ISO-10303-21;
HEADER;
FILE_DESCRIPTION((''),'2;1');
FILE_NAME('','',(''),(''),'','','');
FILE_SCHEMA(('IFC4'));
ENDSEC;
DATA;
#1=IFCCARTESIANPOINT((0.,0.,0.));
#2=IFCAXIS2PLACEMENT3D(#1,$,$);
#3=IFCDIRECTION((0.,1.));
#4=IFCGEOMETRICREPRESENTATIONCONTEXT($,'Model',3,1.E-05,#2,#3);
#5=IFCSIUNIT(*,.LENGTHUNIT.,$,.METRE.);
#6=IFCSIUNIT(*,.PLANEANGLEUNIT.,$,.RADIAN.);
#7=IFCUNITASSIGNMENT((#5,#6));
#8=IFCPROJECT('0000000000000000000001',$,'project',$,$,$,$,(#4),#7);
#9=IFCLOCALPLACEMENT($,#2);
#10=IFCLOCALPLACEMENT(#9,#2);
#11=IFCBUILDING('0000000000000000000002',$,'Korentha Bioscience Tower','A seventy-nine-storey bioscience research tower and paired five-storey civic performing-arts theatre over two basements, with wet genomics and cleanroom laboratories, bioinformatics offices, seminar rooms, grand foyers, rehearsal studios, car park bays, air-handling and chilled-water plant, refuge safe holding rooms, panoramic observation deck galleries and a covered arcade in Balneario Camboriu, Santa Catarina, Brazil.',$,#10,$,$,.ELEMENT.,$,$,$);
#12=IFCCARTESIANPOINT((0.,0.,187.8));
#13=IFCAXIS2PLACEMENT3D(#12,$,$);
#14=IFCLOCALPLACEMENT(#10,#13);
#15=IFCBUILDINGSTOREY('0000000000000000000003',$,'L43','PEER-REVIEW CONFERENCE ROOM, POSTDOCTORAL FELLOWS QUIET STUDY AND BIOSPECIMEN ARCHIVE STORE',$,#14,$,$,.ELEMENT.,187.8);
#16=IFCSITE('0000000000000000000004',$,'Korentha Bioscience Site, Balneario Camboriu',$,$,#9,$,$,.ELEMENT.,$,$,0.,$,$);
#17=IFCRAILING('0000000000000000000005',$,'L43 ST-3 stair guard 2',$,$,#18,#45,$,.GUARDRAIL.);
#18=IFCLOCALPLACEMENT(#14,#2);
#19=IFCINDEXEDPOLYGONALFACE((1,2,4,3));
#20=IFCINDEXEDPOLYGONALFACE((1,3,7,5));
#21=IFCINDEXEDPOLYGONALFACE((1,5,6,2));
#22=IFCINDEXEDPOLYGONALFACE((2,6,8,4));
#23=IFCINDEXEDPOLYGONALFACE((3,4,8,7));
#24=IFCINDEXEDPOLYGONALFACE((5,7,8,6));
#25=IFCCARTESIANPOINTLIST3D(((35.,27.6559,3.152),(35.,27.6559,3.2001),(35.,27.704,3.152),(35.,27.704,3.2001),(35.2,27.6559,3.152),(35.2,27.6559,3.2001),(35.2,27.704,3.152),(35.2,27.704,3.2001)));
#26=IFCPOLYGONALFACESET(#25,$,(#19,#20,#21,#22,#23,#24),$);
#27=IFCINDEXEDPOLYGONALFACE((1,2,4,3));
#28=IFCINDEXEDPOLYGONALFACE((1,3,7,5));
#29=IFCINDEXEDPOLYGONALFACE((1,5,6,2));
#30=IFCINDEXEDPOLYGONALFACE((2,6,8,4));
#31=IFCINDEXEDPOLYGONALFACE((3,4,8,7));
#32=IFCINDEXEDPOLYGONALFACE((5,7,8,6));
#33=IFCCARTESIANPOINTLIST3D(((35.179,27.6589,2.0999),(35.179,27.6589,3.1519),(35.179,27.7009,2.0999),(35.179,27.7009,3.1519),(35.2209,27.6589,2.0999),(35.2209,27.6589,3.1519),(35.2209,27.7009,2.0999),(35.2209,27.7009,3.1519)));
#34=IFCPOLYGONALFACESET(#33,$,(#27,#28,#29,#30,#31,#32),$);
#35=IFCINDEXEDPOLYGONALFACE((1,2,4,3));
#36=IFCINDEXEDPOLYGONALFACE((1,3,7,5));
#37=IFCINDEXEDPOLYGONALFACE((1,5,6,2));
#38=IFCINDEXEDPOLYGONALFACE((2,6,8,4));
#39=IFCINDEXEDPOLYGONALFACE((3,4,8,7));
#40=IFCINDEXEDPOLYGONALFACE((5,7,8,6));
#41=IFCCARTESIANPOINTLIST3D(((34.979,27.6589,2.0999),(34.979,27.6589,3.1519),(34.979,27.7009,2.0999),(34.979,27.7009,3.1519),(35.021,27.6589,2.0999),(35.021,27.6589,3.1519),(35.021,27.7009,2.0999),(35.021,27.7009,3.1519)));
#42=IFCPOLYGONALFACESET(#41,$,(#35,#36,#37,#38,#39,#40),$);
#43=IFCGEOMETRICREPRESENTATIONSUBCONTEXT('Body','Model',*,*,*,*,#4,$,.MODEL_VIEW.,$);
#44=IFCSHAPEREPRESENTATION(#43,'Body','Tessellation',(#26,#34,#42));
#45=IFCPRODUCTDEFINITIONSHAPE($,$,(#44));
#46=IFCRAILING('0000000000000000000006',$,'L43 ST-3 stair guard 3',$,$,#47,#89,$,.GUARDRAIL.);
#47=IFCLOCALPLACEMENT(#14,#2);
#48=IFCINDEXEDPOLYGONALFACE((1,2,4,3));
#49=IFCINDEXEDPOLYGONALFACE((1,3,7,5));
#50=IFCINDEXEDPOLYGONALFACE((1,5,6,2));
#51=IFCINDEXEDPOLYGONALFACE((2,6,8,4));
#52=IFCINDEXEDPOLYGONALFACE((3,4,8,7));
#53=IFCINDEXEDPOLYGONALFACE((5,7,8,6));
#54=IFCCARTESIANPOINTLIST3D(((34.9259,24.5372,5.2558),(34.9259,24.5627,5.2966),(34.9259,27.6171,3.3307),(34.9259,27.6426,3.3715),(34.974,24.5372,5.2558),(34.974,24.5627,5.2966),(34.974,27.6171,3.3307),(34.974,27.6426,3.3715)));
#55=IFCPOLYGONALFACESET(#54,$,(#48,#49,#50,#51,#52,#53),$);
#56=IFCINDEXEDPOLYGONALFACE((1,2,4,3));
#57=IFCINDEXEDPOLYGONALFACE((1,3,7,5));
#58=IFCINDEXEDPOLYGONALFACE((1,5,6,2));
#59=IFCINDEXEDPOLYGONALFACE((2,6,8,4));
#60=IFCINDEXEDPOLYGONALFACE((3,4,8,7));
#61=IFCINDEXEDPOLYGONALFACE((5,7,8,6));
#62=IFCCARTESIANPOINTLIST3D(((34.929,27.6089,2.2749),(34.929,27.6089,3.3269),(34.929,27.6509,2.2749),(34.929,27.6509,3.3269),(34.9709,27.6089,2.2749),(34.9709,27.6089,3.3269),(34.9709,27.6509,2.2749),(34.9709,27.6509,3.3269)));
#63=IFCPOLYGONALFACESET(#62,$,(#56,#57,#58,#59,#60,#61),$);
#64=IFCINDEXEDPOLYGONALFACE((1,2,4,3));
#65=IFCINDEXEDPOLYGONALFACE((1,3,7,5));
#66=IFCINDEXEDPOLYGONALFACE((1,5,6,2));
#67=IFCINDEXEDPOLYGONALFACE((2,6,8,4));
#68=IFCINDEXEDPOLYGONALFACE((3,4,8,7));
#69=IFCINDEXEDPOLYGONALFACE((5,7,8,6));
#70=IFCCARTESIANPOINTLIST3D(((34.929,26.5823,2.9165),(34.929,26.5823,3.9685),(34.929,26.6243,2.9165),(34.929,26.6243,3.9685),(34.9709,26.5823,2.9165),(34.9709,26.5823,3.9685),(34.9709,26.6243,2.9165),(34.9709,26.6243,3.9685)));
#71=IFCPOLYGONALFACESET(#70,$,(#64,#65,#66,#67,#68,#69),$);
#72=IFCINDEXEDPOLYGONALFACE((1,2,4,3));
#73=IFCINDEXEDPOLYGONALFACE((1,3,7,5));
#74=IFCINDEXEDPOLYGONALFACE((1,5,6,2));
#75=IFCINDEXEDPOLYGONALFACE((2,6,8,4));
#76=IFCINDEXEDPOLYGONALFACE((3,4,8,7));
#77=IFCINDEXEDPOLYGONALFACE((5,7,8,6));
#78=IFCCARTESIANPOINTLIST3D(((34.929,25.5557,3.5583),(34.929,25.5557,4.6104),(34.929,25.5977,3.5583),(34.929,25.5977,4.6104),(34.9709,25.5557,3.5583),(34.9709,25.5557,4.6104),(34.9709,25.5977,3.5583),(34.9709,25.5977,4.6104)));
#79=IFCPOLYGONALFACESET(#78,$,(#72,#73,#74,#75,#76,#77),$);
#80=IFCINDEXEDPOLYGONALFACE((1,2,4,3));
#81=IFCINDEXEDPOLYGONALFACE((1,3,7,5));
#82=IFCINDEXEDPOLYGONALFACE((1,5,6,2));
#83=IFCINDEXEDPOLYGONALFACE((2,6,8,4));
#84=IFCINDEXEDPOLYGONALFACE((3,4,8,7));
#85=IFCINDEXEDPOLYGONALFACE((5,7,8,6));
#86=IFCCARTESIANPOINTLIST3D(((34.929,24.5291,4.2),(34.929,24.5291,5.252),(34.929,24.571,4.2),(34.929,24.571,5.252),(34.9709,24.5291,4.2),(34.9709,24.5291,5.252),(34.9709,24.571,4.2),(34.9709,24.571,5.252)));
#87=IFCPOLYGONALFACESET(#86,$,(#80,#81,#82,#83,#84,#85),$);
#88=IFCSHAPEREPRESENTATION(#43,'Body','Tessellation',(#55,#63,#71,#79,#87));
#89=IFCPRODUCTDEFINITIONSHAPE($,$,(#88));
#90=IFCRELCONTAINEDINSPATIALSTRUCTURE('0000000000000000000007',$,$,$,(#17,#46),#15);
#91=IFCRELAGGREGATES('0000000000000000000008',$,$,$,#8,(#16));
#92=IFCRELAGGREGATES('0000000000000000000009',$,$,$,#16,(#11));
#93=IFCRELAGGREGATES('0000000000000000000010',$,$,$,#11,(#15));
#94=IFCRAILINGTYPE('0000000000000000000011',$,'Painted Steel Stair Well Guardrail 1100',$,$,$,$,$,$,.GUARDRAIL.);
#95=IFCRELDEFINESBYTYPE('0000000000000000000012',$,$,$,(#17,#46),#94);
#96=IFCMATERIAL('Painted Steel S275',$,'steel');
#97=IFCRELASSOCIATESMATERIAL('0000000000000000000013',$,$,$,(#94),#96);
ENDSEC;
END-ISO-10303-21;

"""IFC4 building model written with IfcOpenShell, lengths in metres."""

from ifc_helpers import new_model, si_unit, direction, frame, origin, origin_2d, place, context, subcontext, project, spatial, rectangle, extrude, material, type_object, element, save


model = new_model("IFC4")

# Units and contexts
model_context = context("Model", 3, precision=1e-05, world=origin(), true_north=direction((0.0, 1.0)))
body_context = subcontext(model_context, "Body", "Model", "MODEL_VIEW")
ifc_project = project(units=[si_unit("LENGTHUNIT", "METRE"), si_unit("PLANEANGLEUNIT", "RADIAN")], contexts=[model_context])

# Site, building, storey
site_placement = place(None, origin())
site = spatial("IfcSite", under=ifc_project, at=site_placement, Name="Korentha Bioscience Site, Balneario Camboriu", CompositionType="ELEMENT", RefElevation=0.0)
building_placement = place(site_placement, origin())
building = spatial("IfcBuilding", under=site, at=building_placement, Name="Korentha Bioscience Tower", Description="A seventy-nine-storey bioscience research tower and paired five-storey civic performing-arts theatre over two basements, with wet genomics and cleanroom laboratories, bioinformatics offices, seminar rooms, grand foyers, rehearsal studios, car park bays, air-handling and chilled-water plant, refuge safe holding rooms, panoramic observation deck galleries and a covered arcade in Balneario Camboriu, Santa Catarina, Brazil.", CompositionType="ELEMENT")
storey_placement = place(building_placement, frame((0.0, 0.0, 187.8)))
storey = spatial("IfcBuildingStorey", under=building, at=storey_placement, Name="L43", Description="PEER-REVIEW CONFERENCE ROOM, POSTDOCTORAL FELLOWS QUIET STUDY AND BIOSPECIMEN ARCHIVE STORE", CompositionType="ELEMENT", Elevation=187.8)

# Railings
ifc_material_1 = material(Name="Painted Steel S275", Category="steel")
railing_type_1 = type_object("IfcRailingType", Name="Painted Steel Stair Well Guardrail 1100", PredefinedType="GUARDRAIL", material=ifc_material_1)
railing_1_placement = place(storey_placement, frame((35.2, 27.6799, 2.0999)))
element("IfcRailing", 1, at=railing_1_placement, inside=storey, type_object=railing_type_1, Name="L43 ST-3 stair guard 2", PredefinedType="GUARDRAIL", context=body_context, shape_type="SweptSolid", body=[
    extrude(rectangle(XDim=0.0481, YDim=0.0481, at=origin_2d()), frame((0.0, 0.0, 1.0762), z_axis=(-1.0, 0.0, 0.0), x_axis=(0.0, -1.0, 0.0)), (0.0, 0.0, 1.0), 0.2),
    extrude(rectangle(XDim=0.042, YDim=0.042, at=origin_2d()), origin(), (0.0, 0.0, 1.0), 1.052),
    extrude(rectangle(XDim=0.042, YDim=0.042, at=origin_2d()), frame((-0.2, 0.0, 0.0)), (0.0, 0.0, 1.0), 1.052),
])
railing_2_placement = place(storey_placement, frame((34.95, 27.6299, 2.2749)))
element("IfcRailing", 2, at=railing_2_placement, inside=storey, type_object=railing_type_1, Name="L43 ST-3 stair guard 3", PredefinedType="GUARDRAIL", context=body_context, shape_type="SweptSolid", body=[
    extrude(rectangle(XDim=0.0481, YDim=0.0481, at=origin_2d()), frame((0.0, 0.0, 1.0762), z_axis=(0.0, -0.847979, 0.530029), x_axis=(1.0, 0.0, 0.0)), (0.0, 0.0, 1.0), 3.6321),
    extrude(rectangle(XDim=0.042, YDim=0.042, at=origin_2d()), origin(), (0.0, 0.0, 1.0), 1.052),
    extrude(rectangle(XDim=0.042, YDim=0.042, at=origin_2d()), frame((0.0, -1.0266, 0.6416)), (0.0, 0.0, 1.0), 1.052),
    extrude(rectangle(XDim=0.042, YDim=0.042, at=origin_2d()), frame((0.0, -2.0532, 1.2834)), (0.0, 0.0, 1.0), 1.052),
    extrude(rectangle(XDim=0.042, YDim=0.042, at=origin_2d()), frame((0.0, -3.0798, 1.925)), (0.0, 0.0, 1.0), 1.052),
])

save(model, "model.ifc")
